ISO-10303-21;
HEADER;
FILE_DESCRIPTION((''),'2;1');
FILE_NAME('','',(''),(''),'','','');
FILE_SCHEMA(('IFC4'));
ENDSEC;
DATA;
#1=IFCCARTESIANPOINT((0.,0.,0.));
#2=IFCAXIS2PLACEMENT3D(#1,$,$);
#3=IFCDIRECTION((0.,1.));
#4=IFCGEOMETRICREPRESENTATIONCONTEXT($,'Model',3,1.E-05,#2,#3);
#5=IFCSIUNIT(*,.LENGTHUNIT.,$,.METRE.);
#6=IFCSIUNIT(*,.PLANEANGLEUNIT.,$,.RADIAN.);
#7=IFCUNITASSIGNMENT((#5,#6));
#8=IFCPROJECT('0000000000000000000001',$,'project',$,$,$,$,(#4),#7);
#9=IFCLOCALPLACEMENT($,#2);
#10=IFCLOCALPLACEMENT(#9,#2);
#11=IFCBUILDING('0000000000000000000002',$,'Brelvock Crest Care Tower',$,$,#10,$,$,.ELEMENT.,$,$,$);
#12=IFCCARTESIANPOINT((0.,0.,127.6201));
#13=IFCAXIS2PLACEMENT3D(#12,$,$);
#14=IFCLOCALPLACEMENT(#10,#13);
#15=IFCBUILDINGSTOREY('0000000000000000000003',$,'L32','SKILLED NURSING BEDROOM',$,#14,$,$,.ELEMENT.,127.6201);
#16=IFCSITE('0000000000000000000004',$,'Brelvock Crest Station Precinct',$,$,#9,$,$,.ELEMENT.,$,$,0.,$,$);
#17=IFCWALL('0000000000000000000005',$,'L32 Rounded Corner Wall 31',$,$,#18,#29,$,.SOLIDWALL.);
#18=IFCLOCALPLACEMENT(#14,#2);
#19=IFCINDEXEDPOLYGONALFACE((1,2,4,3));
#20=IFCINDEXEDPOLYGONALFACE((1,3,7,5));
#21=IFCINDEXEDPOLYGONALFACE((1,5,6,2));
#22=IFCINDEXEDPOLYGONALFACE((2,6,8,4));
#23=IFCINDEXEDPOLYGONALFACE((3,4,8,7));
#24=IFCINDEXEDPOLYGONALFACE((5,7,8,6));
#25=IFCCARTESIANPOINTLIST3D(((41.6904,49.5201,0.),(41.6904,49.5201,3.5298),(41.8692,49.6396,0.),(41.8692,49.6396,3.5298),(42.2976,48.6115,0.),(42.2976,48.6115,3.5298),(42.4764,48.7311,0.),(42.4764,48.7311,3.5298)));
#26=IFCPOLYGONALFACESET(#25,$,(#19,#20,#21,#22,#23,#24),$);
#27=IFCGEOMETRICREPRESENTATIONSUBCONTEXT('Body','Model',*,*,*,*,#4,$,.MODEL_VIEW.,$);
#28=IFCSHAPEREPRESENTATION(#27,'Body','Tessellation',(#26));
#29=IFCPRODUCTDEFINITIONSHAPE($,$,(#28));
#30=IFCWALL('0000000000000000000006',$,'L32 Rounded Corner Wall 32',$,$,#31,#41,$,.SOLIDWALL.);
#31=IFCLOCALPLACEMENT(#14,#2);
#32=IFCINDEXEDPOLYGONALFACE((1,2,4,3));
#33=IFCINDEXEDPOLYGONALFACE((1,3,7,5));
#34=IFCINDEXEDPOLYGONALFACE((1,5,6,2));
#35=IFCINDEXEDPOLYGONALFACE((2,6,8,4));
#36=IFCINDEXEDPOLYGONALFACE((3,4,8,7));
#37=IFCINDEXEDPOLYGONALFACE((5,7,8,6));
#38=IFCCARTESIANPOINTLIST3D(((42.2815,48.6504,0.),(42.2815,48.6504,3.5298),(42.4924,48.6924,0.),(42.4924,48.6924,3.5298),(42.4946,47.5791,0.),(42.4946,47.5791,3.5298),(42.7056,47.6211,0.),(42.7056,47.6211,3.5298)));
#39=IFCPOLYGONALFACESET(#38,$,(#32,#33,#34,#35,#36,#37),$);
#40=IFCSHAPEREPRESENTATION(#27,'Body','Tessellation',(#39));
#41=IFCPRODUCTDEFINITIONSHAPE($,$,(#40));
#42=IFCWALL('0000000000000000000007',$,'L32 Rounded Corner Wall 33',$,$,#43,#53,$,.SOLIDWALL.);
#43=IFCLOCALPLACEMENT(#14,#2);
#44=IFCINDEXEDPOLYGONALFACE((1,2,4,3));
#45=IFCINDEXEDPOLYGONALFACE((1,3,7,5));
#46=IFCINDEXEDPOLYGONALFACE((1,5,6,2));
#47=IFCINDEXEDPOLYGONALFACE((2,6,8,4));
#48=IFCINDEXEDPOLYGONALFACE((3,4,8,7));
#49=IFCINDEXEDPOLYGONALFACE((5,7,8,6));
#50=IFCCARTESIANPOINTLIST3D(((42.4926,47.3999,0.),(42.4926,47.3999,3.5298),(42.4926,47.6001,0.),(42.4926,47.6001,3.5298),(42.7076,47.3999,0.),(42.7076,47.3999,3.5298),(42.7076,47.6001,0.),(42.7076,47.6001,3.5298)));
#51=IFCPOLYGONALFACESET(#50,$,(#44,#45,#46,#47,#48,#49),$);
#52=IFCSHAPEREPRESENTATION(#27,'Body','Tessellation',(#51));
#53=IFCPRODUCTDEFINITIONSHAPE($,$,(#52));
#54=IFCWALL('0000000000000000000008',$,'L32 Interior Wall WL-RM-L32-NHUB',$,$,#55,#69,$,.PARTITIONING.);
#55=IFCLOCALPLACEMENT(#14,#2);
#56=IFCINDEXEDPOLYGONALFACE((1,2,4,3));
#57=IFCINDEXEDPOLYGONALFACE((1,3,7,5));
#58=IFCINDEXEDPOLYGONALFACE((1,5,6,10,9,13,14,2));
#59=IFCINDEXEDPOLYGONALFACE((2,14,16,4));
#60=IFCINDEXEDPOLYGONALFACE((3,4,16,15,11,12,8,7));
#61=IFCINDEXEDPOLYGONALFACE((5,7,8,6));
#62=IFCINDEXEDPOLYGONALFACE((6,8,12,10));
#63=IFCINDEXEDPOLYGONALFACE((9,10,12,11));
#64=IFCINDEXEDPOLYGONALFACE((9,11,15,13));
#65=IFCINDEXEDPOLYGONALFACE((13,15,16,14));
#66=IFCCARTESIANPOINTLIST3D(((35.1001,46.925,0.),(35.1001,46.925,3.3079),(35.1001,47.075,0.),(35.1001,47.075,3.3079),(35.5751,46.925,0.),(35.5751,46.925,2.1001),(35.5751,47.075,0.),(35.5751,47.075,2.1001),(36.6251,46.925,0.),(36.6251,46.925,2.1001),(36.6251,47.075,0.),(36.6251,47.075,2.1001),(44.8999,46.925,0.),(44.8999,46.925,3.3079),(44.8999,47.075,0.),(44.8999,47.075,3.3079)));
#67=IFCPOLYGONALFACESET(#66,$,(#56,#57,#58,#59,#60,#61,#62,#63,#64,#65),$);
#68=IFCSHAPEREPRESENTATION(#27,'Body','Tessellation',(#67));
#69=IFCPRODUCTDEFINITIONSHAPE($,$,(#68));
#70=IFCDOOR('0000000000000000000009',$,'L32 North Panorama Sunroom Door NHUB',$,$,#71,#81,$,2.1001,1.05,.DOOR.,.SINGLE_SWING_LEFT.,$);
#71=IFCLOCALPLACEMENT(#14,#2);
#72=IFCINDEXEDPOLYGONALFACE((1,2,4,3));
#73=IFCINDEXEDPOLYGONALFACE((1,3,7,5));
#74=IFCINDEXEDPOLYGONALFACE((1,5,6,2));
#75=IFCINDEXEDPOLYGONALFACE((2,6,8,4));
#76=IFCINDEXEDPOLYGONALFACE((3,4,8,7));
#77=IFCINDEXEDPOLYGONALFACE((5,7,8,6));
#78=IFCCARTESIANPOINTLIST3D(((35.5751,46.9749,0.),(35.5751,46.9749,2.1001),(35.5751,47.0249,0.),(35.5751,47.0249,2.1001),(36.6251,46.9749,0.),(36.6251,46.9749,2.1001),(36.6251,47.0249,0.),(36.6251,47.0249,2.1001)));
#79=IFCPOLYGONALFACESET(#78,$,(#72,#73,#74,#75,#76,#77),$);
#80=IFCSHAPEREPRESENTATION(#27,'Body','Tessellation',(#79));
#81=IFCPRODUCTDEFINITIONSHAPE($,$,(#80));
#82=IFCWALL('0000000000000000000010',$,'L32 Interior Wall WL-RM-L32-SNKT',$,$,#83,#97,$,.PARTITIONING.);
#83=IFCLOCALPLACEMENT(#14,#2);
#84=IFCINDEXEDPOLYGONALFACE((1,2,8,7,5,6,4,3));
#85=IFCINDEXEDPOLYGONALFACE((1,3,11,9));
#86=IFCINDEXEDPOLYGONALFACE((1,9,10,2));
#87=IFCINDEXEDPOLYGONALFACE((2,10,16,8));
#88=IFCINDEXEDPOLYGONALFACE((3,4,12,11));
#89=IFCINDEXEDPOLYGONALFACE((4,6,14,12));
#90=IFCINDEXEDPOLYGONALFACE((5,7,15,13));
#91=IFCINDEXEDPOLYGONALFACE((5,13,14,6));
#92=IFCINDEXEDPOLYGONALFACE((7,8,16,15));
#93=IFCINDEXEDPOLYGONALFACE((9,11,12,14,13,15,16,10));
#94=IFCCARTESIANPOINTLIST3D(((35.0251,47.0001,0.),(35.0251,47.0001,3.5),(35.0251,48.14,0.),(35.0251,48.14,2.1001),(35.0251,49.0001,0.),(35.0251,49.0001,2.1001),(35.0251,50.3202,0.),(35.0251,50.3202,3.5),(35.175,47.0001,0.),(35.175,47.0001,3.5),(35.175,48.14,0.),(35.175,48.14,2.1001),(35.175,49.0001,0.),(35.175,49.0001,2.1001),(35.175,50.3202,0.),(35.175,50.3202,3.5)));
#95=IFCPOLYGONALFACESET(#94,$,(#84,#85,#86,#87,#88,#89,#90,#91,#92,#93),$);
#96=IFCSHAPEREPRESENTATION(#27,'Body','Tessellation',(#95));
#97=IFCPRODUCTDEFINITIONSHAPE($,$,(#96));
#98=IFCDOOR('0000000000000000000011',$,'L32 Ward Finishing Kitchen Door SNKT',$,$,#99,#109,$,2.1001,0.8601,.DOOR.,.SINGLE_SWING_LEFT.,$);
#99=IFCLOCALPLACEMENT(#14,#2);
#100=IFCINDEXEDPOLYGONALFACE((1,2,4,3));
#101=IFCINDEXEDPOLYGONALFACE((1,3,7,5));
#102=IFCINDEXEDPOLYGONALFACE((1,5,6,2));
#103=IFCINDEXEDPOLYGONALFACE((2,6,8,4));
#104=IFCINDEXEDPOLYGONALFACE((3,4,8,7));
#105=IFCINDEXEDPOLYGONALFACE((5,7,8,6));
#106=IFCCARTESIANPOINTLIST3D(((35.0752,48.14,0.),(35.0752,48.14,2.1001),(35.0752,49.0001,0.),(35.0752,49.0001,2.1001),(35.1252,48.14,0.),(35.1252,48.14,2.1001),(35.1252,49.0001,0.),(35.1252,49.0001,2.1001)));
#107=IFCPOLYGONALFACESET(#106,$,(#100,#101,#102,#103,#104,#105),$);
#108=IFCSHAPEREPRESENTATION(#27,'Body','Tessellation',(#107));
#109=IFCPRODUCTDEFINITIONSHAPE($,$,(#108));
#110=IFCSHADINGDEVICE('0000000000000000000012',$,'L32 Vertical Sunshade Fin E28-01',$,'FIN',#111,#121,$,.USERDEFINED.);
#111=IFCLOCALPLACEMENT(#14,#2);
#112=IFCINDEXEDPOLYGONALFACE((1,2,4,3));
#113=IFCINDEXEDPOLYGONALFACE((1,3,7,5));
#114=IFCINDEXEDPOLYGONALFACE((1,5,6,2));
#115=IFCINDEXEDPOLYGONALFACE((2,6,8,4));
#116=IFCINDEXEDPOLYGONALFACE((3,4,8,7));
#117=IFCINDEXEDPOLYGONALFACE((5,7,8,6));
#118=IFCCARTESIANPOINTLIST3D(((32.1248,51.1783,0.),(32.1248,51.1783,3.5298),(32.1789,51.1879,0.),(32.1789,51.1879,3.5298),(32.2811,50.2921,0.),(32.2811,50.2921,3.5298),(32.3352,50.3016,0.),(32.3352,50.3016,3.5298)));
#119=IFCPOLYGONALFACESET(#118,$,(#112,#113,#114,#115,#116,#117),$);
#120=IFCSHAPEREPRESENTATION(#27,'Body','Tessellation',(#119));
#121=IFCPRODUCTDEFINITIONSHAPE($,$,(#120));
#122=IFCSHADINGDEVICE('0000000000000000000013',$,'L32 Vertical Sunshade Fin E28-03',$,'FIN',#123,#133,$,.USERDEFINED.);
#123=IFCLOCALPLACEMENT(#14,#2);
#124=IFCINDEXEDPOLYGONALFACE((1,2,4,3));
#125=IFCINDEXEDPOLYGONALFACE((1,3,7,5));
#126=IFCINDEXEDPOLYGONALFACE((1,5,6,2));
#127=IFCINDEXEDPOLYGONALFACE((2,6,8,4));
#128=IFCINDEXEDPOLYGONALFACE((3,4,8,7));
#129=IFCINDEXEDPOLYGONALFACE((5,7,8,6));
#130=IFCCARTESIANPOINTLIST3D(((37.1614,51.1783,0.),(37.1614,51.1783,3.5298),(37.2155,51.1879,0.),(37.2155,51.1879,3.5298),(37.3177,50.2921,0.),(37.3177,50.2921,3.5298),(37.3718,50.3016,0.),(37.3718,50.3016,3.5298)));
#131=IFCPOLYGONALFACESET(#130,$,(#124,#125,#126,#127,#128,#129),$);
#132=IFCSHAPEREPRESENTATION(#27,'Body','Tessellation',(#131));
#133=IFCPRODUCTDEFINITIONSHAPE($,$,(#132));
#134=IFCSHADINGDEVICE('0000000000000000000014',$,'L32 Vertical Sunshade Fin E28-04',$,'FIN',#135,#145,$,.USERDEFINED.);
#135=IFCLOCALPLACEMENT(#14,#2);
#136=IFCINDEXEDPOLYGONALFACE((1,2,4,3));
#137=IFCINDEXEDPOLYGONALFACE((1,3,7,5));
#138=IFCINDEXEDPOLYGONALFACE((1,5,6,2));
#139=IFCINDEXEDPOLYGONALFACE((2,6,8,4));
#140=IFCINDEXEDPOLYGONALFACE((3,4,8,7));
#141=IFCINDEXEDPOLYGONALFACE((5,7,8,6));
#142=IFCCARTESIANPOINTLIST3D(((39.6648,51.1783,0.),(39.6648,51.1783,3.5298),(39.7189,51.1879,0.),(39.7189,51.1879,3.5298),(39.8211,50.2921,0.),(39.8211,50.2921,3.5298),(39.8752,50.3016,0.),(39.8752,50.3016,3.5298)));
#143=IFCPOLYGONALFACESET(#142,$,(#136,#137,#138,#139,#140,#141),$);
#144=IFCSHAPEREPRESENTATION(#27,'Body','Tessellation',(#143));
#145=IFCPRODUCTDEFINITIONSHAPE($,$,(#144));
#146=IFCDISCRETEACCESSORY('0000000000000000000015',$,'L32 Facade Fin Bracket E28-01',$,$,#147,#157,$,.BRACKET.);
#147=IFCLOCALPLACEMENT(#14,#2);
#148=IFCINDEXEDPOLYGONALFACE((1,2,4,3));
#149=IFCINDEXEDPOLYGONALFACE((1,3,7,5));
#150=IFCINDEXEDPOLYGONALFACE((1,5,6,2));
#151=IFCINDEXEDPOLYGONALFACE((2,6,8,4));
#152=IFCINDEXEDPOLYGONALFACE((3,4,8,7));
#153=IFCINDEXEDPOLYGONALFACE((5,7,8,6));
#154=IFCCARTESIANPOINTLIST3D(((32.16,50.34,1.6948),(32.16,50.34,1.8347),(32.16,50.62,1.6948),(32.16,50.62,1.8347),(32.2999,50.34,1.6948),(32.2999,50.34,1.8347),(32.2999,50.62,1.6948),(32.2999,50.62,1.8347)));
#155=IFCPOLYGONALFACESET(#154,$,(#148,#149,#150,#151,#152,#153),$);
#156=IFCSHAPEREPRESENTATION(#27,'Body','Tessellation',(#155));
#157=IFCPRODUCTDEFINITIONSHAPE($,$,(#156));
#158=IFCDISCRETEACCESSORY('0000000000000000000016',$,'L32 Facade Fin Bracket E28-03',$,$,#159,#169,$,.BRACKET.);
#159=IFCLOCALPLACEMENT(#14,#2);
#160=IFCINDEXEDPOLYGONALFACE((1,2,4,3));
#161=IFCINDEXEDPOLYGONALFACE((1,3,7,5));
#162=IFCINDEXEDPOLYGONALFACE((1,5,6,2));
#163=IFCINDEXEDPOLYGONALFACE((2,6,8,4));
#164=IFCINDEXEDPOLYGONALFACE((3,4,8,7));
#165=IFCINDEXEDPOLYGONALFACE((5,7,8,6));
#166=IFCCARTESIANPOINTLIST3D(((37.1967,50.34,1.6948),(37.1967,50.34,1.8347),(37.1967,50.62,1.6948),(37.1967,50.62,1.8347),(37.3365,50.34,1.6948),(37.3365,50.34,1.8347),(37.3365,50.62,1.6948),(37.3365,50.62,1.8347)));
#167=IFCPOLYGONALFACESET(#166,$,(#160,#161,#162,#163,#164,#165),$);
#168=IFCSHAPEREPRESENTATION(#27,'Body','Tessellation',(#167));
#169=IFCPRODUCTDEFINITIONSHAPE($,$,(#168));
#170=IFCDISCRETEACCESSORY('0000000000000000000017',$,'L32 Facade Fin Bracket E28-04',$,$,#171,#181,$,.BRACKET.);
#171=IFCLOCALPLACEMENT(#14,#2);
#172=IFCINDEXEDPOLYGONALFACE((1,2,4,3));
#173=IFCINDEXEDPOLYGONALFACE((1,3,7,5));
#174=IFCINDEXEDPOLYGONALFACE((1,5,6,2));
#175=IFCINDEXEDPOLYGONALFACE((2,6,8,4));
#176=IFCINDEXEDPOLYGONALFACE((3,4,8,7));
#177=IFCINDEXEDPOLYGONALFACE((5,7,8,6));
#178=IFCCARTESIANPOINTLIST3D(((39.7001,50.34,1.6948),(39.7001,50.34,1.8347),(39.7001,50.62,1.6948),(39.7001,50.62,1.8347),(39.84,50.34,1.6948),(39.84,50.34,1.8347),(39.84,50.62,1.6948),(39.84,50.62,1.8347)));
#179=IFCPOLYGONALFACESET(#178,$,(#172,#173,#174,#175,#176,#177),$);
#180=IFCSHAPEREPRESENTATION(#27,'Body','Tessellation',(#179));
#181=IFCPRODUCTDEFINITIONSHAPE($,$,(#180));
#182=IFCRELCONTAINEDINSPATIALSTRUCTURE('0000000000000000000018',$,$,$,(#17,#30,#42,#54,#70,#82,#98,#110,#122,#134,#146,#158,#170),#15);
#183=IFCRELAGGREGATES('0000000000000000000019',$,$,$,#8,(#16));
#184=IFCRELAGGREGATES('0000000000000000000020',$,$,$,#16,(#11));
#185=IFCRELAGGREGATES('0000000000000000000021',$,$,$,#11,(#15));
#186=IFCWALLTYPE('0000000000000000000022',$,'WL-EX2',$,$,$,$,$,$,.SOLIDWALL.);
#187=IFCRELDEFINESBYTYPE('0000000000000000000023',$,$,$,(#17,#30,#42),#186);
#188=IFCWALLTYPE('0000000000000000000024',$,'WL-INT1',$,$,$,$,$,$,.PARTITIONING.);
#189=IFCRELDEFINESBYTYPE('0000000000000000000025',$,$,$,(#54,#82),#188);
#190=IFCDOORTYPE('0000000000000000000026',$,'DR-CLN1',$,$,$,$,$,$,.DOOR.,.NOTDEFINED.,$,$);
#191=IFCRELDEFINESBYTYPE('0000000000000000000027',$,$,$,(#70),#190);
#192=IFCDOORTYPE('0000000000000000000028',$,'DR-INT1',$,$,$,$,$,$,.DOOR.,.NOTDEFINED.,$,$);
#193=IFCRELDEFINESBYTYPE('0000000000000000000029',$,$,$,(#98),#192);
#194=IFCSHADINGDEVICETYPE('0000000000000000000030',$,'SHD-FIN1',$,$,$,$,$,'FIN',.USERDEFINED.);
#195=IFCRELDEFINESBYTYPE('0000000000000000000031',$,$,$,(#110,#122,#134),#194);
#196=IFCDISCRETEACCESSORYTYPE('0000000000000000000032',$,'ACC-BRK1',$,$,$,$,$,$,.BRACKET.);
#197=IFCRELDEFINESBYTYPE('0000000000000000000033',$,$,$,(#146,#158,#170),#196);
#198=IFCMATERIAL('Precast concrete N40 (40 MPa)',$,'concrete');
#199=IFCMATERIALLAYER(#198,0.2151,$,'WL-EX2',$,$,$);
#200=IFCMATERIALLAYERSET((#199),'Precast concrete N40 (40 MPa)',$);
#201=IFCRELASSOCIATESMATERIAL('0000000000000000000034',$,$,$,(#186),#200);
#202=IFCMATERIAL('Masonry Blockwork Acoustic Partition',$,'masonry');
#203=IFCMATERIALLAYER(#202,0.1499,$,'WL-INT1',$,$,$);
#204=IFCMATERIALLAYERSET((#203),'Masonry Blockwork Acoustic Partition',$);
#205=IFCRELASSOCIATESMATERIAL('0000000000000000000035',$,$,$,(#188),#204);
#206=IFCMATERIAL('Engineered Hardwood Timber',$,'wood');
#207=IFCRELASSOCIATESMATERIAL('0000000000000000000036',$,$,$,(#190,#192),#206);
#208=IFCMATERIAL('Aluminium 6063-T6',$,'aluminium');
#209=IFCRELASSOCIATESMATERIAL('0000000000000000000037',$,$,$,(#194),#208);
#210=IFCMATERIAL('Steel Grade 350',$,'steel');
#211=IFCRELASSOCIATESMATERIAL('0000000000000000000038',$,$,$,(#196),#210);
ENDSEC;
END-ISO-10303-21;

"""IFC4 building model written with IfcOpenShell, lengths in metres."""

from ifc_helpers import new_model, si_unit, direction, frame, frame_2d, origin, origin_2d, place, context, subcontext, project, spatial, rectangle, extrude, source, transform, mapped, material, layer, layer_set, material_profile, profile_set, type_object, element, fill, save


model = new_model("IFC4")

# Units and contexts
model_context = context("Model", 3, precision=1e-05, world=origin(), true_north=direction((0.0, 1.0)))
body_context = subcontext(model_context, "Body", "Model", "MODEL_VIEW")
ifc_project = project(units=[si_unit("LENGTHUNIT", "METRE"), si_unit("PLANEANGLEUNIT", "RADIAN")], contexts=[model_context])

# Site, building, storey
site_placement = place(None, origin())
site = spatial("IfcSite", under=ifc_project, at=site_placement, Name="Brelvock Crest Station Precinct", CompositionType="ELEMENT", RefElevation=0.0)
building_placement = place(site_placement, origin())
building = spatial("IfcBuilding", under=site, at=building_placement, Name="Brelvock Crest Care Tower", CompositionType="ELEMENT")
storey_placement = place(building_placement, frame((0.0, 0.0, 127.6201)))
storey = spatial("IfcBuildingStorey", under=building, at=storey_placement, Name="L32", Description="SKILLED NURSING BEDROOM", CompositionType="ELEMENT", Elevation=127.6201)

# Shared definitions
ifc_material_1 = material(Name="Steel Grade 350", Category="steel")

# Shared definitions
ifc_material_2 = material(Name="Aluminium 6063-T6", Category="aluminium")

# Walls
ifc_material_3 = material(Name="Precast concrete N40 (40 MPa)", Category="concrete")
ifc_layer_1 = layer(ifc_material_3, 0.2151, Name="WL-EX2")
ifc_layer_set_1 = layer_set([ifc_layer_1], Name="Precast concrete N40 (40 MPa)")
wall_type_1 = type_object("IfcWallType", Name="WL-EX2", PredefinedType="SOLIDWALL", material=ifc_layer_set_1)
wall_1_placement = place(storey_placement, frame((41.7798, 49.5798, 0.0), z_axis=(0.0, 0.0, 1.0), x_axis=(0.555679, -0.831397, 0.0)))
element("IfcWall", 1, at=wall_1_placement, inside=storey, type_object=wall_type_1, Name="L32 Rounded Corner Wall 31", PredefinedType="SOLIDWALL", context=body_context, shape_type="SweptSolid", body=[
    extrude(rectangle(XDim=1.0928, YDim=0.2151, at=frame_2d((0.5464, 0.0))), origin(), (0.0, 0.0, 1.0), 3.5298),
])
wall_2_placement = place(storey_placement, frame((42.387, 48.6714, 0.0), z_axis=(0.0, 0.0, 1.0), x_axis=(0.195127, -0.980778, 0.0)))
element("IfcWall", 2, at=wall_2_placement, inside=storey, type_object=wall_type_1, Name="L32 Rounded Corner Wall 32", PredefinedType="SOLIDWALL", context=body_context, shape_type="SweptSolid", body=[
    extrude(rectangle(XDim=1.0923, YDim=0.2151, at=frame_2d((0.5461, 0.0))), origin(), (0.0, 0.0, 1.0), 3.5298),
])
wall_3_placement = place(storey_placement, frame((42.6001, 47.6001, 0.0), z_axis=(0.0, 0.0, 1.0), x_axis=(0.0, -1.0, 0.0)))
element("IfcWall", 3, at=wall_3_placement, inside=storey, type_object=wall_type_1, Name="L32 Rounded Corner Wall 33", PredefinedType="SOLIDWALL", context=body_context, shape_type="SweptSolid", body=[
    extrude(rectangle(XDim=0.2002, YDim=0.2151, at=frame_2d((0.1001, 0.0))), origin(), (0.0, 0.0, 1.0), 3.5298),
])

# Walls, openings, doors
ifc_material_4 = material(Name="Masonry Blockwork Acoustic Partition", Category="masonry")
ifc_layer_2 = layer(ifc_material_4, 0.1499, Name="WL-INT1")
ifc_layer_set_2 = layer_set([ifc_layer_2], Name="Masonry Blockwork Acoustic Partition")
wall_type_2 = type_object("IfcWallType", Name="WL-INT1", PredefinedType="PARTITIONING", material=ifc_layer_set_2)
wall_4_placement = place(storey_placement, frame((35.1001, 47.0, 0.0), z_axis=(0.0, 0.0, 1.0), x_axis=(1.0, 0.0, 0.0)))
wall_4 = element("IfcWall", 4, at=wall_4_placement, inside=storey, type_object=wall_type_2, Name="L32 Interior Wall WL-RM-L32-NHUB", PredefinedType="PARTITIONING", context=body_context, shape_type="SweptSolid", body=[
    extrude(rectangle(XDim=9.7998, YDim=0.1499, at=frame_2d((4.8999, 0.0))), origin(), (0.0, 0.0, 1.0), 3.3079),
])
opening_1_placement = place(wall_4_placement, frame((0.4751, 0.0, 0.0)))
opening_1 = element("IfcOpeningElement", 5, at=opening_1_placement, cuts=wall_4, PredefinedType="OPENING", context=body_context, shape_type="SweptSolid", body=[
    extrude(rectangle(XDim=1.05, YDim=2.1001, at=origin_2d()), frame((0.5249, 0.085, 1.05), z_axis=(0.0, -1.0, 0.0), x_axis=(1.0, 0.0, 0.0)), (0.0, 0.0, 1.0), 0.1699),
])
ifc_material_5 = material(Name="Engineered Hardwood Timber", Category="wood")
door_type_1 = type_object("IfcDoorType", Name="DR-CLN1", OperationType="NOTDEFINED", PredefinedType="DOOR", material=ifc_material_5)
shared_shape_1 = source(origin(), body_context, "Body", "SweptSolid", [
    extrude(rectangle(XDim=1.05, YDim=2.1001, at=origin_2d()), frame((0.5249, 0.0249, 1.05), z_axis=(0.0, -1.0, 0.0), x_axis=(1.0, 0.0, 0.0)), (0.0, 0.0, 1.0), 0.05),
])
door_1_placement = place(opening_1_placement, origin())
door_1 = element("IfcDoor", 6, at=door_1_placement, inside=storey, type_object=door_type_1, Name="L32 North Panorama Sunroom Door NHUB", OperationType="SINGLE_SWING_LEFT", OverallHeight=2.1001, OverallWidth=1.05, PredefinedType="DOOR", context=body_context, shape_type="MappedRepresentation", body=[
    mapped(shared_shape_1, transform((0.0, 0.0, 0.0), x_axis=(1.0, 0.0, 0.0), y_axis=(0.0, 1.0, 0.0), z_axis=(0.0, 0.0, 1.0), scale=1.0)),
])
fill(opening_1, door_1)
wall_5_placement = place(storey_placement, frame((35.1001, 47.0, 0.0), z_axis=(0.0, 0.0, 1.0), x_axis=(0.0, 1.0, 0.0)))
wall_5 = element("IfcWall", 7, at=wall_5_placement, inside=storey, type_object=wall_type_2, Name="L32 Interior Wall WL-RM-L32-SNKT", PredefinedType="PARTITIONING", context=body_context, shape_type="SweptSolid", body=[
    extrude(rectangle(XDim=3.3201, YDim=0.1499, at=frame_2d((1.6602, 0.0))), origin(), (0.0, 0.0, 1.0), 3.5),
])
opening_2_placement = place(wall_5_placement, frame((1.1399, 0.0, 0.0)))
opening_2 = element("IfcOpeningElement", 8, at=opening_2_placement, cuts=wall_5, PredefinedType="OPENING", context=body_context, shape_type="SweptSolid", body=[
    extrude(rectangle(XDim=0.8601, YDim=2.1001, at=origin_2d()), frame((0.4302, 0.085, 1.05), z_axis=(0.0, -1.0, 0.0), x_axis=(1.0, 0.0, 0.0)), (0.0, 0.0, 1.0), 0.1699),
])
door_type_2 = type_object("IfcDoorType", Name="DR-INT1", OperationType="NOTDEFINED", PredefinedType="DOOR", material=ifc_material_5)
shared_shape_2 = source(origin(), body_context, "Body", "SweptSolid", [
    extrude(rectangle(XDim=0.8601, YDim=2.1001, at=origin_2d()), frame((0.4302, 0.0249, 1.05), z_axis=(0.0, -1.0, 0.0), x_axis=(1.0, 0.0, 0.0)), (0.0, 0.0, 1.0), 0.05),
])
door_2_placement = place(opening_2_placement, origin())
door_2 = element("IfcDoor", 9, at=door_2_placement, inside=storey, type_object=door_type_2, Name="L32 Ward Finishing Kitchen Door SNKT", OperationType="SINGLE_SWING_LEFT", OverallHeight=2.1001, OverallWidth=0.8601, PredefinedType="DOOR", context=body_context, shape_type="MappedRepresentation", body=[
    mapped(shared_shape_2, transform((0.0, 0.0, 0.0), x_axis=(1.0, 0.0, 0.0), y_axis=(0.0, 1.0, 0.0), z_axis=(0.0, 0.0, 1.0), scale=1.0)),
])
fill(opening_2, door_2)

# Shading devices
ifc_material_profile_1 = material_profile(ifc_material_2, rectangle(XDim=0.0549, YDim=0.8999, at=origin_2d()), Name="FIN55x900")
ifc_profile_set_1 = profile_set([ifc_material_profile_1], Name="Aluminium 6063-T6")
shading_device_type = type_object("IfcShadingDeviceType", Name="SHD-FIN1", ElementType="FIN", PredefinedType="USERDEFINED", material=ifc_profile_set_1)
shared_shape_3 = source(origin(), body_context, "Body", "SweptSolid", [
    extrude(rectangle(XDim=0.0549, YDim=0.8999, at=origin_2d()), origin(), (0.0, 0.0, 1.0), 3.5298),
])
for number, where, z_axis, x_axis, name in (
    (10, (32.23, 50.74, 0.0), (0.0, 0.0, 1.0), (0.984808, 0.173648, 0.0), "L32 Vertical Sunshade Fin E28-01"),
    (11, (37.2666, 50.74, 0.0), (0.0, 0.0, 1.0), (0.984808, 0.173648, 0.0), "L32 Vertical Sunshade Fin E28-03"),
    (12, (39.77, 50.74, 0.0), (0.0, 0.0, 1.0), (0.984808, 0.173648, 0.0), "L32 Vertical Sunshade Fin E28-04"),
):
    element("IfcShadingDevice", number, at=place(storey_placement, frame(where, z_axis=z_axis, x_axis=x_axis)), inside=storey, type_object=shading_device_type, Name=name, ObjectType="FIN", PredefinedType="USERDEFINED", context=body_context, shape_type="MappedRepresentation", body=[
        mapped(shared_shape_3, transform((0.0, 0.0, 0.0), x_axis=(1.0, 0.0, 0.0), y_axis=(0.0, 1.0, 0.0), z_axis=(0.0, 0.0, 1.0), scale=1.0)),
    ])

# Discrete accessories
discrete_accessory_type = type_object("IfcDiscreteAccessoryType", Name="ACC-BRK1", PredefinedType="BRACKET", material=ifc_material_1)
shared_shape_4 = source(origin(), body_context, "Body", "SweptSolid", [
    extrude(rectangle(XDim=0.28, YDim=0.1399, at=origin_2d()), origin(), (0.0, 0.0, 1.0), 0.1399),
])
for number, where, z_axis, x_axis, name in (
    (13, (32.23, 50.48, 1.6948), (0.0, 0.0, 1.0), (0.0, 1.0, 0.0), "L32 Facade Fin Bracket E28-01"),
    (14, (37.2666, 50.48, 1.6948), (0.0, 0.0, 1.0), (0.0, 1.0, 0.0), "L32 Facade Fin Bracket E28-03"),
    (15, (39.77, 50.48, 1.6948), (0.0, 0.0, 1.0), (0.0, 1.0, 0.0), "L32 Facade Fin Bracket E28-04"),
):
    element("IfcDiscreteAccessory", number, at=place(storey_placement, frame(where, z_axis=z_axis, x_axis=x_axis)), inside=storey, type_object=discrete_accessory_type, Name=name, PredefinedType="BRACKET", context=body_context, shape_type="MappedRepresentation", body=[
        mapped(shared_shape_4, transform((0.0, 0.0, 0.0), x_axis=(1.0, 0.0, 0.0), y_axis=(0.0, 1.0, 0.0), z_axis=(0.0, 0.0, 1.0), scale=1.0)),
    ])

save(model, "model.ifc")
